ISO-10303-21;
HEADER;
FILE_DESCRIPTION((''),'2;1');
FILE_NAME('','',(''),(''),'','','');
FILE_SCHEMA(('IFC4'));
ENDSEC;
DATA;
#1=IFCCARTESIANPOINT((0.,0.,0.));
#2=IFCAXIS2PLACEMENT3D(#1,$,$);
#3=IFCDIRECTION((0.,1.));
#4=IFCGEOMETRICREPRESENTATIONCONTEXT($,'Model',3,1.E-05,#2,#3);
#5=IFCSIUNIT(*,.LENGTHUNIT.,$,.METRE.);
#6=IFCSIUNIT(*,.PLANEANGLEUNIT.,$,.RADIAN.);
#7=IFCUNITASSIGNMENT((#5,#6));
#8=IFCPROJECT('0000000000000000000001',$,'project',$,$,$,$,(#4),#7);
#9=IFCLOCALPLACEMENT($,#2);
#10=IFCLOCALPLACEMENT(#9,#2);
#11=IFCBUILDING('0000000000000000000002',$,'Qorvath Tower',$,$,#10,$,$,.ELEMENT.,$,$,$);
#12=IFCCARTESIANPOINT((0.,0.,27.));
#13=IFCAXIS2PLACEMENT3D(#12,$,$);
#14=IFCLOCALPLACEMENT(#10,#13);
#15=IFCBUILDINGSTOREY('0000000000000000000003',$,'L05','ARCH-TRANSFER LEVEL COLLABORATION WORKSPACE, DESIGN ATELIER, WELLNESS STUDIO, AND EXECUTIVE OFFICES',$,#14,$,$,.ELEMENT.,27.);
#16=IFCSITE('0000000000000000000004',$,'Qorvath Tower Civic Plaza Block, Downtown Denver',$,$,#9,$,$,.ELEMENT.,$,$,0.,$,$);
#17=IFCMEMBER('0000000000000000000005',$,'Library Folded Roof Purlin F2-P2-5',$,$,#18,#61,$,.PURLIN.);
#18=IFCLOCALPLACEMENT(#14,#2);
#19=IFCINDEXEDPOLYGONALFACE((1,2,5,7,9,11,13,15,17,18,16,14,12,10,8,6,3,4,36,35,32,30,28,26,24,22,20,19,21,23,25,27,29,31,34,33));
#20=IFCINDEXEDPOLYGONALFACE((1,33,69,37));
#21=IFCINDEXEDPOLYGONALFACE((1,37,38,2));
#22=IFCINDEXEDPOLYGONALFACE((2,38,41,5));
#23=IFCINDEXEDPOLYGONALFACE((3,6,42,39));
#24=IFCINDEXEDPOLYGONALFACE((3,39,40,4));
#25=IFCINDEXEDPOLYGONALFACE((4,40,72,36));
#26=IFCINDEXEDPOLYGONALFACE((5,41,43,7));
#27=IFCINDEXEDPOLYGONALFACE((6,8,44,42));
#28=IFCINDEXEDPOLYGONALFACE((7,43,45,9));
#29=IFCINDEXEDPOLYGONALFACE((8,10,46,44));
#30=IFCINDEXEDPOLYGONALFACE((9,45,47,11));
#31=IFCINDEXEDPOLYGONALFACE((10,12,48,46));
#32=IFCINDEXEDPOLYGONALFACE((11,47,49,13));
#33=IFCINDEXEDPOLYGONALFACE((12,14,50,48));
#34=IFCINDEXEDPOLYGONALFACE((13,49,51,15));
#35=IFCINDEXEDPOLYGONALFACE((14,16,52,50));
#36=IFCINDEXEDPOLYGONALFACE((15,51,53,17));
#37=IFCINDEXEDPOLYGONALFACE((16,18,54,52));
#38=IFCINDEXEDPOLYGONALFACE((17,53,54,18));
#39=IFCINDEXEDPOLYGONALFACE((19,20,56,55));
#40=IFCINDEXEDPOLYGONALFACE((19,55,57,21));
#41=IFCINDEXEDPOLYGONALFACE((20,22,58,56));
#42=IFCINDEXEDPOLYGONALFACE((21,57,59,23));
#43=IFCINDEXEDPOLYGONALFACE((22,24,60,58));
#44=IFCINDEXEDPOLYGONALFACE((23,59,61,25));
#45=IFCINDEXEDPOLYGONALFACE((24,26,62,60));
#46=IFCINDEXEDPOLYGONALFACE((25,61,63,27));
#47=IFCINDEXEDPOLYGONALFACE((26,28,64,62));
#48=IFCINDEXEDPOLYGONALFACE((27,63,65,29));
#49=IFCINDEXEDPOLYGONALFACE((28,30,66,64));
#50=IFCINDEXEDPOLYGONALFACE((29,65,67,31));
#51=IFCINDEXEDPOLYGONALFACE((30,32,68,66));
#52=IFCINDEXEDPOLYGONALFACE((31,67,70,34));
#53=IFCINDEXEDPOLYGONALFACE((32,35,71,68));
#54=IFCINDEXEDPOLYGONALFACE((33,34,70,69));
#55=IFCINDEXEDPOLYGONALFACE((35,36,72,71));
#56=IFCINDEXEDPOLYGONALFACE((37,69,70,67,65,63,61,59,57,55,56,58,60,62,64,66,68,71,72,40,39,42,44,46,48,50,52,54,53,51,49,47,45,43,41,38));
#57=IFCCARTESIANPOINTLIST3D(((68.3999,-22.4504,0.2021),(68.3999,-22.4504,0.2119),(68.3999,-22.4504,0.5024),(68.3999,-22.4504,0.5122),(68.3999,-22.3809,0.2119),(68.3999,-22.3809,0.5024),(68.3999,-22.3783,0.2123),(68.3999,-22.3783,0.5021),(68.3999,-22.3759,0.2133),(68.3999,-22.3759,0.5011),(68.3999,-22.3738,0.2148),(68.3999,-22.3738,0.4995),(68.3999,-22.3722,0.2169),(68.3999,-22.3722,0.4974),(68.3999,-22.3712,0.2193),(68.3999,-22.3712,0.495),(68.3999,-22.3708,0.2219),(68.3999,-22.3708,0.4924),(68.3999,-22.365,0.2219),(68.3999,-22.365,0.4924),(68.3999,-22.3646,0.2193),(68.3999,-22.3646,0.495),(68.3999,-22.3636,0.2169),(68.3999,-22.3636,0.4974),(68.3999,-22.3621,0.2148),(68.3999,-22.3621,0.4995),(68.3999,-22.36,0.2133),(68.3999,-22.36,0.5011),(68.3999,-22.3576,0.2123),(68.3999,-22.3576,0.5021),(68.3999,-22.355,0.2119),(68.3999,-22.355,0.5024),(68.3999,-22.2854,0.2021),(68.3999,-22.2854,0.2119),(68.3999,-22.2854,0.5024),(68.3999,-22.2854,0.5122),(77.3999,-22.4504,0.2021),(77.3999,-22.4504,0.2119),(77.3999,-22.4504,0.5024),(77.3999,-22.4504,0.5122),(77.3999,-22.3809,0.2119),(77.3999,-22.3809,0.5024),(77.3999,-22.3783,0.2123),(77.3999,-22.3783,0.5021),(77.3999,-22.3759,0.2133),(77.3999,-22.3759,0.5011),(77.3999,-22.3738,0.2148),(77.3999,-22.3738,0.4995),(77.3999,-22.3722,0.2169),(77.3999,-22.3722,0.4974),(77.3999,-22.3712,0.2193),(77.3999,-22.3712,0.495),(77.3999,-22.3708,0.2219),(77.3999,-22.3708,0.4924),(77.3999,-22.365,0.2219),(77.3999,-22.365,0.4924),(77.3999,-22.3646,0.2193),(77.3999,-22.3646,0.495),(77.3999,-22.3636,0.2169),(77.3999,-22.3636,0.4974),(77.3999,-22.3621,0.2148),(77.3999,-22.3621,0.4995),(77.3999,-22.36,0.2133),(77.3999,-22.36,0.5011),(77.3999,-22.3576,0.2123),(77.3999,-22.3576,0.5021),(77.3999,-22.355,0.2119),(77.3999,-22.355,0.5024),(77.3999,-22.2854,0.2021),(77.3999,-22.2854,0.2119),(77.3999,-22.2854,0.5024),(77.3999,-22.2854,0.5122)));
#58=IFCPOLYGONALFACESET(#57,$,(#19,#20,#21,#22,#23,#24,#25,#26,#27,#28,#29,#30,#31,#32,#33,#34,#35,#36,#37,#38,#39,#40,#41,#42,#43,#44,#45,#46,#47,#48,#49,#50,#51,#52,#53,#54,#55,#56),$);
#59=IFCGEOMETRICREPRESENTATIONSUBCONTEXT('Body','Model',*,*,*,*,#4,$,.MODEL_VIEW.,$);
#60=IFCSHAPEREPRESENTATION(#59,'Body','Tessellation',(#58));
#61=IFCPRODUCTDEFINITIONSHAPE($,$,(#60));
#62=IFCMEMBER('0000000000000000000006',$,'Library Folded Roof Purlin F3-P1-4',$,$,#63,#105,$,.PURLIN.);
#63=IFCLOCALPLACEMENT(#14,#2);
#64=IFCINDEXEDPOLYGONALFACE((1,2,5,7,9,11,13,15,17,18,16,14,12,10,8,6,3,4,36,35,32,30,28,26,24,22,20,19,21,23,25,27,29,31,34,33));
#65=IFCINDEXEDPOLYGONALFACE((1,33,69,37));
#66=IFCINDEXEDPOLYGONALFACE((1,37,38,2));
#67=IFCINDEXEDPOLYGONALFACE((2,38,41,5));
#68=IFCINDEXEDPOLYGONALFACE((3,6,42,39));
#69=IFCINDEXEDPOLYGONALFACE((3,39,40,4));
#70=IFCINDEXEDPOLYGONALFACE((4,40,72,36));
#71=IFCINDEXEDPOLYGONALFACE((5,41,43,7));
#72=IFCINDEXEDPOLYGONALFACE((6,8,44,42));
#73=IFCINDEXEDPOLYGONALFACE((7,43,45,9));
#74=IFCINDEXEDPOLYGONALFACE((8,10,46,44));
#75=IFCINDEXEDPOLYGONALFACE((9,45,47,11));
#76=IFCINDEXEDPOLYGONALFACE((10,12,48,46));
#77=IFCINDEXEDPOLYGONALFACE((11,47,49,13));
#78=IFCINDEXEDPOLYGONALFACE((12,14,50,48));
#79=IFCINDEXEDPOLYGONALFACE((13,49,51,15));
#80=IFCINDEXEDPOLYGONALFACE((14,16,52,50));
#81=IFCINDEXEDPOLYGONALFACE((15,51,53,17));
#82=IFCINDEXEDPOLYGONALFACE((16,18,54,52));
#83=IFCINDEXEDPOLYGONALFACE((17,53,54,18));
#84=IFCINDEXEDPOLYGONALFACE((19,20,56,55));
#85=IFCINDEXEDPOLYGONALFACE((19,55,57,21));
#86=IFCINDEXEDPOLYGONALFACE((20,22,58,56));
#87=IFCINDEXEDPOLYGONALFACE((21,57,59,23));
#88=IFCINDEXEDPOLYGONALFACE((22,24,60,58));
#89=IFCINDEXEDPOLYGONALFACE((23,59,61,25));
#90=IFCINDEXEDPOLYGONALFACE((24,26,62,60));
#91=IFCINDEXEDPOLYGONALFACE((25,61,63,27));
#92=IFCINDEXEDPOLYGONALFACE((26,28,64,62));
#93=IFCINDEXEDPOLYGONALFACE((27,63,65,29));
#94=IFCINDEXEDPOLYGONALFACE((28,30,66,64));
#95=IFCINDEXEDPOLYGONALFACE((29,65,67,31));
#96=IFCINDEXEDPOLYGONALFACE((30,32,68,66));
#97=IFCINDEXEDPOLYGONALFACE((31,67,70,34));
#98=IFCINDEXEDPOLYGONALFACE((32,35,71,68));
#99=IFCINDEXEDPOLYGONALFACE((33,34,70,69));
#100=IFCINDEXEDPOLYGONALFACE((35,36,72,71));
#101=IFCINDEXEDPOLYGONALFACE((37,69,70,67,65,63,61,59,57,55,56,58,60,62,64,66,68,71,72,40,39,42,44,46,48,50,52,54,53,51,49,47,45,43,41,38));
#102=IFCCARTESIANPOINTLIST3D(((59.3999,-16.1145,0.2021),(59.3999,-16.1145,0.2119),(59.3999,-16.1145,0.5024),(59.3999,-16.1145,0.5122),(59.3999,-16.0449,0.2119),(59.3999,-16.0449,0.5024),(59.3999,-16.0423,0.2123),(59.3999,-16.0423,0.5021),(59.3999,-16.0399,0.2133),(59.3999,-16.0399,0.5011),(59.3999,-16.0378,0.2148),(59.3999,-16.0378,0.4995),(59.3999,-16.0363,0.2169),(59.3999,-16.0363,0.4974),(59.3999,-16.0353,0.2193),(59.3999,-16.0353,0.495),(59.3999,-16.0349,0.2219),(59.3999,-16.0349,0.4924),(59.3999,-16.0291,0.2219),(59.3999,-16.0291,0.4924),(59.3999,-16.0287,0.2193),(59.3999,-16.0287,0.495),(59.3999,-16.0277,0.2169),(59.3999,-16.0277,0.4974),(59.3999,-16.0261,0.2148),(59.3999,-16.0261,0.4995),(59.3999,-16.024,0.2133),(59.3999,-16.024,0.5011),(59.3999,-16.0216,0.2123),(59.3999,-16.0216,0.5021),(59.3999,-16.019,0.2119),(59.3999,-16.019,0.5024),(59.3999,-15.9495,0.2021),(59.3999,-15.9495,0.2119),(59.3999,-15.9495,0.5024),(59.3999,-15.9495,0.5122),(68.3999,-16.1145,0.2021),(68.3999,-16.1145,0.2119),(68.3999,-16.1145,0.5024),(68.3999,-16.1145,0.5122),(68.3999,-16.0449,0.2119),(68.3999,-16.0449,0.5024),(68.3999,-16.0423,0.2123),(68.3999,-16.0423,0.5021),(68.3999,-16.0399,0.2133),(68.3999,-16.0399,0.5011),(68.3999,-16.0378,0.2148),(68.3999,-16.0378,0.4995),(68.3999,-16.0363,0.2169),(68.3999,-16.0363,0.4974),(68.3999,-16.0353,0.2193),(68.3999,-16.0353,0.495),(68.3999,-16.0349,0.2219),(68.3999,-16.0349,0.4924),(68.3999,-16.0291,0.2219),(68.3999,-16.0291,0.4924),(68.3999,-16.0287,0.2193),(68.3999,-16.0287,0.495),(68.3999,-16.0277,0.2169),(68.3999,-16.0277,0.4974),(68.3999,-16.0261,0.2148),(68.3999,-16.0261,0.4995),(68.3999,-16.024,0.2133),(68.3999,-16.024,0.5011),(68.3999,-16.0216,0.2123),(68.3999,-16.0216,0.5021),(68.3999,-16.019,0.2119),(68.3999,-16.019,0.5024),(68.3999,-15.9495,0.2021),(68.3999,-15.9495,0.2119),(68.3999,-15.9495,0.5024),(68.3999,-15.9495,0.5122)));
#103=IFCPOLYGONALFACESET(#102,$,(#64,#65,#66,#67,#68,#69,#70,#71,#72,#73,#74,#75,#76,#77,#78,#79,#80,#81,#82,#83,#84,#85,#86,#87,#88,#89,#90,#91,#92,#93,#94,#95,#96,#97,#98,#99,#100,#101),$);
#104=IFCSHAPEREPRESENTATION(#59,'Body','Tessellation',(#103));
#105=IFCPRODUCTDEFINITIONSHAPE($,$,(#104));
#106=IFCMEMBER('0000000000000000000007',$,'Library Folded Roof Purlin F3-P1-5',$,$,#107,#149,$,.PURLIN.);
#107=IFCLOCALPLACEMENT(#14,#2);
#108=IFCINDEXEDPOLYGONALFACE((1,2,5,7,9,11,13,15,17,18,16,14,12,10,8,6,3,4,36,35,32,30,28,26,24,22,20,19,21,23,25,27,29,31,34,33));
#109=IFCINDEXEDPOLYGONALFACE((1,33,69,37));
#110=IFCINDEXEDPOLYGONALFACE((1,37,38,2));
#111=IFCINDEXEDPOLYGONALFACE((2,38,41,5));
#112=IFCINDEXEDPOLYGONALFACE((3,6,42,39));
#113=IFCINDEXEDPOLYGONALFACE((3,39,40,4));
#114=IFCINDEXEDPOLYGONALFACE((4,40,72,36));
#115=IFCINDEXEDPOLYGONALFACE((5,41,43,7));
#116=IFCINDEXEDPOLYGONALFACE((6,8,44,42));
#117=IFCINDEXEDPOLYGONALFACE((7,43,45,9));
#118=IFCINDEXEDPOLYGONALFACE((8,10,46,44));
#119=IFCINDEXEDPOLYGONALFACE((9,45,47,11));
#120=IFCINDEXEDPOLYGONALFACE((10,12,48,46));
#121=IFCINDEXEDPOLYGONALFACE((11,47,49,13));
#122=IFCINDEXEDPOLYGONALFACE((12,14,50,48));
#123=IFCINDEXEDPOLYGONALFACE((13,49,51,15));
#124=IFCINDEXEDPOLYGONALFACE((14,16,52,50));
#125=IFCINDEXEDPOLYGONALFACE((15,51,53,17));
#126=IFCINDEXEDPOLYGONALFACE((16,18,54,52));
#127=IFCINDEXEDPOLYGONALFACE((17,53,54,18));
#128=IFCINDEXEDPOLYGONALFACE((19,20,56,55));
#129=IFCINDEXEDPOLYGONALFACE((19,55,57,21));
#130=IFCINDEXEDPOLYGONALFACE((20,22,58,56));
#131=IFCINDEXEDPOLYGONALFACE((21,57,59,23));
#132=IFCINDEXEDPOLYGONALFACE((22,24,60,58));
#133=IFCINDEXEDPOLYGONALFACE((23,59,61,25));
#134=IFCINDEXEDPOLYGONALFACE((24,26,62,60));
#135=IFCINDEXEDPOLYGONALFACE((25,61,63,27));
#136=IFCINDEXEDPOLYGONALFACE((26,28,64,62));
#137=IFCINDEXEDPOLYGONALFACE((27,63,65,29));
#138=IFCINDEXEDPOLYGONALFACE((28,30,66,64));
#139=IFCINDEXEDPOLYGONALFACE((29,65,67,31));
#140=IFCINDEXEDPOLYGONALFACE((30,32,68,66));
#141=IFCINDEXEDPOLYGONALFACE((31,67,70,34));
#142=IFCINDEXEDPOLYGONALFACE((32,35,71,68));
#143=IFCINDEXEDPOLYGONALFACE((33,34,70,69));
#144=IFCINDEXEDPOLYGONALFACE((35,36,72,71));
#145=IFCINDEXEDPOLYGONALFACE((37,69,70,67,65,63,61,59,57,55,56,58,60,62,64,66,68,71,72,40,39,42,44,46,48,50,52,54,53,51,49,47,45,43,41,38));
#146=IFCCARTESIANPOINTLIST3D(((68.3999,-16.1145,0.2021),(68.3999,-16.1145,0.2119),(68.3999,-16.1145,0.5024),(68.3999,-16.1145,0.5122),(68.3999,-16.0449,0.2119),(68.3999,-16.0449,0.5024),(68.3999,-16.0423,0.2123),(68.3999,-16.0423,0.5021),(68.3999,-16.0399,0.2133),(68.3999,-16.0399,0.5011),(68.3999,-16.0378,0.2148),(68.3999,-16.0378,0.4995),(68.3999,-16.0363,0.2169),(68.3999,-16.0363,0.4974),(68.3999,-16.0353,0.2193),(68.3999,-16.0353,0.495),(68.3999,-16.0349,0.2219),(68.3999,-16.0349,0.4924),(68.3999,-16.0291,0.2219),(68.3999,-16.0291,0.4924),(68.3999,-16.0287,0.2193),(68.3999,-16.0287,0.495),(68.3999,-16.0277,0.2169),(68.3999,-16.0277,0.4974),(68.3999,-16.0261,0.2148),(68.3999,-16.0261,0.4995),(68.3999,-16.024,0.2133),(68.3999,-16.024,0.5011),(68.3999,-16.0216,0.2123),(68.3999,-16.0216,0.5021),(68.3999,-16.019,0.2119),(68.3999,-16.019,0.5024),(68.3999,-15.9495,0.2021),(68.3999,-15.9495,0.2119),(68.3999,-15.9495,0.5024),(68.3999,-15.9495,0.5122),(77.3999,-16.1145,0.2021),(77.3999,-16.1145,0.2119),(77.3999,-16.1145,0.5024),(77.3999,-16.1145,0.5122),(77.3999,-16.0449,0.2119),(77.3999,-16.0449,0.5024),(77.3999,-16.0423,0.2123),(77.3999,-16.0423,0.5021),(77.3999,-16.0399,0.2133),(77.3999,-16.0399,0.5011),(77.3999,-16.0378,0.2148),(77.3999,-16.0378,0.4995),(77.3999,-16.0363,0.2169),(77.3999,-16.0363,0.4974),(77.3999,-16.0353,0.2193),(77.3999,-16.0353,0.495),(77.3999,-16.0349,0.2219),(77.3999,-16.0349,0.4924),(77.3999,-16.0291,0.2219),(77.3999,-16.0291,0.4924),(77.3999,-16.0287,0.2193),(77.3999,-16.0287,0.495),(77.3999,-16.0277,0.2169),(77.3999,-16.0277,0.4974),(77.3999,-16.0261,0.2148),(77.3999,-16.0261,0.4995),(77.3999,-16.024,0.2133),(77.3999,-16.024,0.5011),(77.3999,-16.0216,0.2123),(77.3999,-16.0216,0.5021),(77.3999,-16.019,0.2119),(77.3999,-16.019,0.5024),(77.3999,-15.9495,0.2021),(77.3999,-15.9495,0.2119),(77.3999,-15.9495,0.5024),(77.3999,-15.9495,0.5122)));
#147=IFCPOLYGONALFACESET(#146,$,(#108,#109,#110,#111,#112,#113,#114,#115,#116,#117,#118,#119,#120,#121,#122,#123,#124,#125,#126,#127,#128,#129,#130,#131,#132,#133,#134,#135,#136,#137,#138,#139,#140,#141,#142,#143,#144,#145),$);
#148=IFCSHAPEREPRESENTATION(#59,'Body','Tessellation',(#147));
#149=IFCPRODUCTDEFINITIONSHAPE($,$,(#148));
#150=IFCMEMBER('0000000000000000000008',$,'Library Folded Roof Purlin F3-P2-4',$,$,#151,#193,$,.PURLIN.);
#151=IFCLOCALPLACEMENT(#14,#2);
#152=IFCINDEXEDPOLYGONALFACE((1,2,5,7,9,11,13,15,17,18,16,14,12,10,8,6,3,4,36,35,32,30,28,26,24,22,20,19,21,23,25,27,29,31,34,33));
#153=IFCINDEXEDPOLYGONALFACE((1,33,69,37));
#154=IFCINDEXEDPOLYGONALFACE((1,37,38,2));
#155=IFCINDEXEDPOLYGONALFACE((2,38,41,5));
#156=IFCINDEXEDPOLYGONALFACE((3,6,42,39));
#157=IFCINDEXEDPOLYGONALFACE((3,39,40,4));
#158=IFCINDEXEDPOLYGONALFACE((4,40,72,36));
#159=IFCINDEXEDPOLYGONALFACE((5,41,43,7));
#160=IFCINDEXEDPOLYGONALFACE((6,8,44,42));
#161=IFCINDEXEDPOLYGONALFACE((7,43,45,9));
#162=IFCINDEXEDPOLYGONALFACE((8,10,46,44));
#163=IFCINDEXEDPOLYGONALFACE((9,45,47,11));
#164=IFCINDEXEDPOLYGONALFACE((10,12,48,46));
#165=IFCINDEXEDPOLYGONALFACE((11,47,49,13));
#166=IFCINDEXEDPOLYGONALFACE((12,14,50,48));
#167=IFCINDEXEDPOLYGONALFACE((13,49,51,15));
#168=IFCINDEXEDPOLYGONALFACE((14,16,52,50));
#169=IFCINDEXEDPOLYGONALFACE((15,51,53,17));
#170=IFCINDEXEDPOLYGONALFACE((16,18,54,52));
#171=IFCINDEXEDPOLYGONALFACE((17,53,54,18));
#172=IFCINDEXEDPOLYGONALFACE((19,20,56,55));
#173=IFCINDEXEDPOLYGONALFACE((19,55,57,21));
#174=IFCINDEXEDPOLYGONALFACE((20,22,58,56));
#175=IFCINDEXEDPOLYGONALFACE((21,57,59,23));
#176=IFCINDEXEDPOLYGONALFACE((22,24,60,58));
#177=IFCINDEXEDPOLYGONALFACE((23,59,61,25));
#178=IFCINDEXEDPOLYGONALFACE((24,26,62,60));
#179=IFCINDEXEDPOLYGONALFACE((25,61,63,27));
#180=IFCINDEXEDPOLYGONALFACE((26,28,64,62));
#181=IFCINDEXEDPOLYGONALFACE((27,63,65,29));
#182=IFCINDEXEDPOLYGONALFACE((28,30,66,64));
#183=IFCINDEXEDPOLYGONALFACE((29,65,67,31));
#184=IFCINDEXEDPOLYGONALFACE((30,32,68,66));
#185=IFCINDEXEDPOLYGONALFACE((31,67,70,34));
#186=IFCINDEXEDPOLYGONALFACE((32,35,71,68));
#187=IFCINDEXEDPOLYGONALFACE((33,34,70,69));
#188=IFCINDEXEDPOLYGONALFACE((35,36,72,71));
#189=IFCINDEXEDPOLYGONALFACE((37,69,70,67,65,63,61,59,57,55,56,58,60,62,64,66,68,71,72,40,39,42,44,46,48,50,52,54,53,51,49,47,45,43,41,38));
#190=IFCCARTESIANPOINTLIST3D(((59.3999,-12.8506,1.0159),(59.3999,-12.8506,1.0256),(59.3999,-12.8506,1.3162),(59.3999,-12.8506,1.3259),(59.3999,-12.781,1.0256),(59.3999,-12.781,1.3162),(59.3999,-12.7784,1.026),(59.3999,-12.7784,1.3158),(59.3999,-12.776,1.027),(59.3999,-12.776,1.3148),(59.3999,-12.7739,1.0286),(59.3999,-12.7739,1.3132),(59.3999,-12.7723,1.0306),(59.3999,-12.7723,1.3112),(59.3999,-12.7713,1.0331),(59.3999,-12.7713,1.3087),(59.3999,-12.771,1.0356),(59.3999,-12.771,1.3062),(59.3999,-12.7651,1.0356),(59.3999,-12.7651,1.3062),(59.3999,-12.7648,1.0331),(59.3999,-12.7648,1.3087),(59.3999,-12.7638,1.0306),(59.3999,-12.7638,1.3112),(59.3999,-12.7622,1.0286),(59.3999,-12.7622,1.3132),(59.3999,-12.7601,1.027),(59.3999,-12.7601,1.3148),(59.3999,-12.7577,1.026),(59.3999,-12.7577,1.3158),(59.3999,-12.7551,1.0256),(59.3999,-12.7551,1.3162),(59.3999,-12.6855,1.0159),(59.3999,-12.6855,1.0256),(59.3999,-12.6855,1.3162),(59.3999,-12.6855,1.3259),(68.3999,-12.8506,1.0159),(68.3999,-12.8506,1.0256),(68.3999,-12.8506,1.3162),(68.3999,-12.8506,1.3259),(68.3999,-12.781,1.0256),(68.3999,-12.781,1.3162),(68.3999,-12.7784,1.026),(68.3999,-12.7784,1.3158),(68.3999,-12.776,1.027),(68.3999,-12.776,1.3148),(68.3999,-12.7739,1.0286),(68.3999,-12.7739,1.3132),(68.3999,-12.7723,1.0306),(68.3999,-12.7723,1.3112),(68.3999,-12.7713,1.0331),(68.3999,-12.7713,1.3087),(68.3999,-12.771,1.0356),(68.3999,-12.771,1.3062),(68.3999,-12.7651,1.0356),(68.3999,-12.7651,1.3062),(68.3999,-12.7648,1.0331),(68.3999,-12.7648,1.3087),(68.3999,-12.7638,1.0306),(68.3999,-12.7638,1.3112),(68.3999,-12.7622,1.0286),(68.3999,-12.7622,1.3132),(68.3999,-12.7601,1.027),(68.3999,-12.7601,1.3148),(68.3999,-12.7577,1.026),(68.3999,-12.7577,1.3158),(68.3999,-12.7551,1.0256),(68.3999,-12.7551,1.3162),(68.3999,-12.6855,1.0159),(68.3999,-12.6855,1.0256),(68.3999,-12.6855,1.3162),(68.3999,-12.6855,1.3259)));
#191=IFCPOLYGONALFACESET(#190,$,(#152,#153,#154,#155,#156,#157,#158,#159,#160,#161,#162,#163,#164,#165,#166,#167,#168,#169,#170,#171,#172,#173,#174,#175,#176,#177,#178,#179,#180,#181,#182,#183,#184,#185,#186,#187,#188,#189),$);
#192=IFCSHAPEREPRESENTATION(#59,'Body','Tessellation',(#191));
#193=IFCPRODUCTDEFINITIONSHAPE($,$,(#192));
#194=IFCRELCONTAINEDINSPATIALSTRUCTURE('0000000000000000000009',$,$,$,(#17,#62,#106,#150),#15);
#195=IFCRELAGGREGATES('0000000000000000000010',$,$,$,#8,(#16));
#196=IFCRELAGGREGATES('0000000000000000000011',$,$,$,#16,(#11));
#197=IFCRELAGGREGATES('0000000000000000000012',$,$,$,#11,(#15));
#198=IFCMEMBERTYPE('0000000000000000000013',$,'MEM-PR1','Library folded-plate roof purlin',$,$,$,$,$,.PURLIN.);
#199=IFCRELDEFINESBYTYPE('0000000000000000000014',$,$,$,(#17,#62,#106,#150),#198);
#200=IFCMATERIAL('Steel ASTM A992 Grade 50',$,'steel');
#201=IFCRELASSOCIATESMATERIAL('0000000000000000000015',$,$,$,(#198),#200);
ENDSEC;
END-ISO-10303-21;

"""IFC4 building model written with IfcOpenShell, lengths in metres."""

from ifc_helpers import new_model, si_unit, direction, frame, origin, origin_2d, place, context, subcontext, project, spatial, i_section, extrude, material, material_profile, profile_set, type_object, element, save


model = new_model("IFC4")

# Units and contexts
model_context = context("Model", 3, precision=1e-05, world=origin(), true_north=direction((0.0, 1.0)))
body_context = subcontext(model_context, "Body", "Model", "MODEL_VIEW")
ifc_project = project(units=[si_unit("LENGTHUNIT", "METRE"), si_unit("PLANEANGLEUNIT", "RADIAN")], contexts=[model_context])

# Site, building, storey
site_placement = place(None, origin())
site = spatial("IfcSite", under=ifc_project, at=site_placement, Name="Qorvath Tower Civic Plaza Block, Downtown Denver", CompositionType="ELEMENT", RefElevation=0.0)
building_placement = place(site_placement, origin())
building = spatial("IfcBuilding", under=site, at=building_placement, Name="Qorvath Tower", CompositionType="ELEMENT")
storey_placement = place(building_placement, frame((0.0, 0.0, 27.0)))
storey = spatial("IfcBuildingStorey", under=building, at=storey_placement, Name="L05", Description="ARCH-TRANSFER LEVEL COLLABORATION WORKSPACE, DESIGN ATELIER, WELLNESS STUDIO, AND EXECUTIVE OFFICES", CompositionType="ELEMENT", Elevation=27.0)

# Members
ifc_material_1 = material(Name="Steel ASTM A992 Grade 50", Category="steel")
ifc_material_profile_1 = material_profile(ifc_material_1, i_section(OverallWidth=0.165, OverallDepth=0.3101, WebThickness=0.0059, FlangeThickness=0.0098, FilletRadius=0.01, at=origin_2d()), Name="W12x26")
ifc_profile_set_1 = profile_set([ifc_material_profile_1], Name="Steel ASTM A992 Grade 50")
member_type_1 = type_object("IfcMemberType", Name="MEM-PR1", Description="Library folded-plate roof purlin", PredefinedType="PURLIN", material=ifc_profile_set_1)
for number, where, z_axis, x_axis, name in (
    (1, (68.3999, -22.3679, 0.3572), (1.0, 0.0, 0.0), (0.0, 1.0, 0.0), "Library Folded Roof Purlin F2-P2-5"),
    (2, (59.3999, -16.032, 0.3572), (1.0, 0.0, 0.0), (0.0, 1.0, 0.0), "Library Folded Roof Purlin F3-P1-4"),
    (3, (68.3999, -16.032, 0.3572), (1.0, 0.0, 0.0), (0.0, 1.0, 0.0), "Library Folded Roof Purlin F3-P1-5"),
    (4, (59.3999, -12.7681, 1.1709), (1.0, 0.0, 0.0), (0.0, 1.0, 0.0), "Library Folded Roof Purlin F3-P2-4"),
):
    element("IfcMember", number, at=place(storey_placement, frame(where, z_axis=z_axis, x_axis=x_axis)), inside=storey, type_object=member_type_1, Name=name, PredefinedType="PURLIN", context=body_context, shape_type="SweptSolid", body=[
        extrude(i_section(OverallWidth=0.165, OverallDepth=0.3101, WebThickness=0.0059, FlangeThickness=0.0098, FilletRadius=0.01, at=origin_2d()), origin(), (0.0, 0.0, 1.0), 9.0),
    ])

save(model, "model.ifc")
